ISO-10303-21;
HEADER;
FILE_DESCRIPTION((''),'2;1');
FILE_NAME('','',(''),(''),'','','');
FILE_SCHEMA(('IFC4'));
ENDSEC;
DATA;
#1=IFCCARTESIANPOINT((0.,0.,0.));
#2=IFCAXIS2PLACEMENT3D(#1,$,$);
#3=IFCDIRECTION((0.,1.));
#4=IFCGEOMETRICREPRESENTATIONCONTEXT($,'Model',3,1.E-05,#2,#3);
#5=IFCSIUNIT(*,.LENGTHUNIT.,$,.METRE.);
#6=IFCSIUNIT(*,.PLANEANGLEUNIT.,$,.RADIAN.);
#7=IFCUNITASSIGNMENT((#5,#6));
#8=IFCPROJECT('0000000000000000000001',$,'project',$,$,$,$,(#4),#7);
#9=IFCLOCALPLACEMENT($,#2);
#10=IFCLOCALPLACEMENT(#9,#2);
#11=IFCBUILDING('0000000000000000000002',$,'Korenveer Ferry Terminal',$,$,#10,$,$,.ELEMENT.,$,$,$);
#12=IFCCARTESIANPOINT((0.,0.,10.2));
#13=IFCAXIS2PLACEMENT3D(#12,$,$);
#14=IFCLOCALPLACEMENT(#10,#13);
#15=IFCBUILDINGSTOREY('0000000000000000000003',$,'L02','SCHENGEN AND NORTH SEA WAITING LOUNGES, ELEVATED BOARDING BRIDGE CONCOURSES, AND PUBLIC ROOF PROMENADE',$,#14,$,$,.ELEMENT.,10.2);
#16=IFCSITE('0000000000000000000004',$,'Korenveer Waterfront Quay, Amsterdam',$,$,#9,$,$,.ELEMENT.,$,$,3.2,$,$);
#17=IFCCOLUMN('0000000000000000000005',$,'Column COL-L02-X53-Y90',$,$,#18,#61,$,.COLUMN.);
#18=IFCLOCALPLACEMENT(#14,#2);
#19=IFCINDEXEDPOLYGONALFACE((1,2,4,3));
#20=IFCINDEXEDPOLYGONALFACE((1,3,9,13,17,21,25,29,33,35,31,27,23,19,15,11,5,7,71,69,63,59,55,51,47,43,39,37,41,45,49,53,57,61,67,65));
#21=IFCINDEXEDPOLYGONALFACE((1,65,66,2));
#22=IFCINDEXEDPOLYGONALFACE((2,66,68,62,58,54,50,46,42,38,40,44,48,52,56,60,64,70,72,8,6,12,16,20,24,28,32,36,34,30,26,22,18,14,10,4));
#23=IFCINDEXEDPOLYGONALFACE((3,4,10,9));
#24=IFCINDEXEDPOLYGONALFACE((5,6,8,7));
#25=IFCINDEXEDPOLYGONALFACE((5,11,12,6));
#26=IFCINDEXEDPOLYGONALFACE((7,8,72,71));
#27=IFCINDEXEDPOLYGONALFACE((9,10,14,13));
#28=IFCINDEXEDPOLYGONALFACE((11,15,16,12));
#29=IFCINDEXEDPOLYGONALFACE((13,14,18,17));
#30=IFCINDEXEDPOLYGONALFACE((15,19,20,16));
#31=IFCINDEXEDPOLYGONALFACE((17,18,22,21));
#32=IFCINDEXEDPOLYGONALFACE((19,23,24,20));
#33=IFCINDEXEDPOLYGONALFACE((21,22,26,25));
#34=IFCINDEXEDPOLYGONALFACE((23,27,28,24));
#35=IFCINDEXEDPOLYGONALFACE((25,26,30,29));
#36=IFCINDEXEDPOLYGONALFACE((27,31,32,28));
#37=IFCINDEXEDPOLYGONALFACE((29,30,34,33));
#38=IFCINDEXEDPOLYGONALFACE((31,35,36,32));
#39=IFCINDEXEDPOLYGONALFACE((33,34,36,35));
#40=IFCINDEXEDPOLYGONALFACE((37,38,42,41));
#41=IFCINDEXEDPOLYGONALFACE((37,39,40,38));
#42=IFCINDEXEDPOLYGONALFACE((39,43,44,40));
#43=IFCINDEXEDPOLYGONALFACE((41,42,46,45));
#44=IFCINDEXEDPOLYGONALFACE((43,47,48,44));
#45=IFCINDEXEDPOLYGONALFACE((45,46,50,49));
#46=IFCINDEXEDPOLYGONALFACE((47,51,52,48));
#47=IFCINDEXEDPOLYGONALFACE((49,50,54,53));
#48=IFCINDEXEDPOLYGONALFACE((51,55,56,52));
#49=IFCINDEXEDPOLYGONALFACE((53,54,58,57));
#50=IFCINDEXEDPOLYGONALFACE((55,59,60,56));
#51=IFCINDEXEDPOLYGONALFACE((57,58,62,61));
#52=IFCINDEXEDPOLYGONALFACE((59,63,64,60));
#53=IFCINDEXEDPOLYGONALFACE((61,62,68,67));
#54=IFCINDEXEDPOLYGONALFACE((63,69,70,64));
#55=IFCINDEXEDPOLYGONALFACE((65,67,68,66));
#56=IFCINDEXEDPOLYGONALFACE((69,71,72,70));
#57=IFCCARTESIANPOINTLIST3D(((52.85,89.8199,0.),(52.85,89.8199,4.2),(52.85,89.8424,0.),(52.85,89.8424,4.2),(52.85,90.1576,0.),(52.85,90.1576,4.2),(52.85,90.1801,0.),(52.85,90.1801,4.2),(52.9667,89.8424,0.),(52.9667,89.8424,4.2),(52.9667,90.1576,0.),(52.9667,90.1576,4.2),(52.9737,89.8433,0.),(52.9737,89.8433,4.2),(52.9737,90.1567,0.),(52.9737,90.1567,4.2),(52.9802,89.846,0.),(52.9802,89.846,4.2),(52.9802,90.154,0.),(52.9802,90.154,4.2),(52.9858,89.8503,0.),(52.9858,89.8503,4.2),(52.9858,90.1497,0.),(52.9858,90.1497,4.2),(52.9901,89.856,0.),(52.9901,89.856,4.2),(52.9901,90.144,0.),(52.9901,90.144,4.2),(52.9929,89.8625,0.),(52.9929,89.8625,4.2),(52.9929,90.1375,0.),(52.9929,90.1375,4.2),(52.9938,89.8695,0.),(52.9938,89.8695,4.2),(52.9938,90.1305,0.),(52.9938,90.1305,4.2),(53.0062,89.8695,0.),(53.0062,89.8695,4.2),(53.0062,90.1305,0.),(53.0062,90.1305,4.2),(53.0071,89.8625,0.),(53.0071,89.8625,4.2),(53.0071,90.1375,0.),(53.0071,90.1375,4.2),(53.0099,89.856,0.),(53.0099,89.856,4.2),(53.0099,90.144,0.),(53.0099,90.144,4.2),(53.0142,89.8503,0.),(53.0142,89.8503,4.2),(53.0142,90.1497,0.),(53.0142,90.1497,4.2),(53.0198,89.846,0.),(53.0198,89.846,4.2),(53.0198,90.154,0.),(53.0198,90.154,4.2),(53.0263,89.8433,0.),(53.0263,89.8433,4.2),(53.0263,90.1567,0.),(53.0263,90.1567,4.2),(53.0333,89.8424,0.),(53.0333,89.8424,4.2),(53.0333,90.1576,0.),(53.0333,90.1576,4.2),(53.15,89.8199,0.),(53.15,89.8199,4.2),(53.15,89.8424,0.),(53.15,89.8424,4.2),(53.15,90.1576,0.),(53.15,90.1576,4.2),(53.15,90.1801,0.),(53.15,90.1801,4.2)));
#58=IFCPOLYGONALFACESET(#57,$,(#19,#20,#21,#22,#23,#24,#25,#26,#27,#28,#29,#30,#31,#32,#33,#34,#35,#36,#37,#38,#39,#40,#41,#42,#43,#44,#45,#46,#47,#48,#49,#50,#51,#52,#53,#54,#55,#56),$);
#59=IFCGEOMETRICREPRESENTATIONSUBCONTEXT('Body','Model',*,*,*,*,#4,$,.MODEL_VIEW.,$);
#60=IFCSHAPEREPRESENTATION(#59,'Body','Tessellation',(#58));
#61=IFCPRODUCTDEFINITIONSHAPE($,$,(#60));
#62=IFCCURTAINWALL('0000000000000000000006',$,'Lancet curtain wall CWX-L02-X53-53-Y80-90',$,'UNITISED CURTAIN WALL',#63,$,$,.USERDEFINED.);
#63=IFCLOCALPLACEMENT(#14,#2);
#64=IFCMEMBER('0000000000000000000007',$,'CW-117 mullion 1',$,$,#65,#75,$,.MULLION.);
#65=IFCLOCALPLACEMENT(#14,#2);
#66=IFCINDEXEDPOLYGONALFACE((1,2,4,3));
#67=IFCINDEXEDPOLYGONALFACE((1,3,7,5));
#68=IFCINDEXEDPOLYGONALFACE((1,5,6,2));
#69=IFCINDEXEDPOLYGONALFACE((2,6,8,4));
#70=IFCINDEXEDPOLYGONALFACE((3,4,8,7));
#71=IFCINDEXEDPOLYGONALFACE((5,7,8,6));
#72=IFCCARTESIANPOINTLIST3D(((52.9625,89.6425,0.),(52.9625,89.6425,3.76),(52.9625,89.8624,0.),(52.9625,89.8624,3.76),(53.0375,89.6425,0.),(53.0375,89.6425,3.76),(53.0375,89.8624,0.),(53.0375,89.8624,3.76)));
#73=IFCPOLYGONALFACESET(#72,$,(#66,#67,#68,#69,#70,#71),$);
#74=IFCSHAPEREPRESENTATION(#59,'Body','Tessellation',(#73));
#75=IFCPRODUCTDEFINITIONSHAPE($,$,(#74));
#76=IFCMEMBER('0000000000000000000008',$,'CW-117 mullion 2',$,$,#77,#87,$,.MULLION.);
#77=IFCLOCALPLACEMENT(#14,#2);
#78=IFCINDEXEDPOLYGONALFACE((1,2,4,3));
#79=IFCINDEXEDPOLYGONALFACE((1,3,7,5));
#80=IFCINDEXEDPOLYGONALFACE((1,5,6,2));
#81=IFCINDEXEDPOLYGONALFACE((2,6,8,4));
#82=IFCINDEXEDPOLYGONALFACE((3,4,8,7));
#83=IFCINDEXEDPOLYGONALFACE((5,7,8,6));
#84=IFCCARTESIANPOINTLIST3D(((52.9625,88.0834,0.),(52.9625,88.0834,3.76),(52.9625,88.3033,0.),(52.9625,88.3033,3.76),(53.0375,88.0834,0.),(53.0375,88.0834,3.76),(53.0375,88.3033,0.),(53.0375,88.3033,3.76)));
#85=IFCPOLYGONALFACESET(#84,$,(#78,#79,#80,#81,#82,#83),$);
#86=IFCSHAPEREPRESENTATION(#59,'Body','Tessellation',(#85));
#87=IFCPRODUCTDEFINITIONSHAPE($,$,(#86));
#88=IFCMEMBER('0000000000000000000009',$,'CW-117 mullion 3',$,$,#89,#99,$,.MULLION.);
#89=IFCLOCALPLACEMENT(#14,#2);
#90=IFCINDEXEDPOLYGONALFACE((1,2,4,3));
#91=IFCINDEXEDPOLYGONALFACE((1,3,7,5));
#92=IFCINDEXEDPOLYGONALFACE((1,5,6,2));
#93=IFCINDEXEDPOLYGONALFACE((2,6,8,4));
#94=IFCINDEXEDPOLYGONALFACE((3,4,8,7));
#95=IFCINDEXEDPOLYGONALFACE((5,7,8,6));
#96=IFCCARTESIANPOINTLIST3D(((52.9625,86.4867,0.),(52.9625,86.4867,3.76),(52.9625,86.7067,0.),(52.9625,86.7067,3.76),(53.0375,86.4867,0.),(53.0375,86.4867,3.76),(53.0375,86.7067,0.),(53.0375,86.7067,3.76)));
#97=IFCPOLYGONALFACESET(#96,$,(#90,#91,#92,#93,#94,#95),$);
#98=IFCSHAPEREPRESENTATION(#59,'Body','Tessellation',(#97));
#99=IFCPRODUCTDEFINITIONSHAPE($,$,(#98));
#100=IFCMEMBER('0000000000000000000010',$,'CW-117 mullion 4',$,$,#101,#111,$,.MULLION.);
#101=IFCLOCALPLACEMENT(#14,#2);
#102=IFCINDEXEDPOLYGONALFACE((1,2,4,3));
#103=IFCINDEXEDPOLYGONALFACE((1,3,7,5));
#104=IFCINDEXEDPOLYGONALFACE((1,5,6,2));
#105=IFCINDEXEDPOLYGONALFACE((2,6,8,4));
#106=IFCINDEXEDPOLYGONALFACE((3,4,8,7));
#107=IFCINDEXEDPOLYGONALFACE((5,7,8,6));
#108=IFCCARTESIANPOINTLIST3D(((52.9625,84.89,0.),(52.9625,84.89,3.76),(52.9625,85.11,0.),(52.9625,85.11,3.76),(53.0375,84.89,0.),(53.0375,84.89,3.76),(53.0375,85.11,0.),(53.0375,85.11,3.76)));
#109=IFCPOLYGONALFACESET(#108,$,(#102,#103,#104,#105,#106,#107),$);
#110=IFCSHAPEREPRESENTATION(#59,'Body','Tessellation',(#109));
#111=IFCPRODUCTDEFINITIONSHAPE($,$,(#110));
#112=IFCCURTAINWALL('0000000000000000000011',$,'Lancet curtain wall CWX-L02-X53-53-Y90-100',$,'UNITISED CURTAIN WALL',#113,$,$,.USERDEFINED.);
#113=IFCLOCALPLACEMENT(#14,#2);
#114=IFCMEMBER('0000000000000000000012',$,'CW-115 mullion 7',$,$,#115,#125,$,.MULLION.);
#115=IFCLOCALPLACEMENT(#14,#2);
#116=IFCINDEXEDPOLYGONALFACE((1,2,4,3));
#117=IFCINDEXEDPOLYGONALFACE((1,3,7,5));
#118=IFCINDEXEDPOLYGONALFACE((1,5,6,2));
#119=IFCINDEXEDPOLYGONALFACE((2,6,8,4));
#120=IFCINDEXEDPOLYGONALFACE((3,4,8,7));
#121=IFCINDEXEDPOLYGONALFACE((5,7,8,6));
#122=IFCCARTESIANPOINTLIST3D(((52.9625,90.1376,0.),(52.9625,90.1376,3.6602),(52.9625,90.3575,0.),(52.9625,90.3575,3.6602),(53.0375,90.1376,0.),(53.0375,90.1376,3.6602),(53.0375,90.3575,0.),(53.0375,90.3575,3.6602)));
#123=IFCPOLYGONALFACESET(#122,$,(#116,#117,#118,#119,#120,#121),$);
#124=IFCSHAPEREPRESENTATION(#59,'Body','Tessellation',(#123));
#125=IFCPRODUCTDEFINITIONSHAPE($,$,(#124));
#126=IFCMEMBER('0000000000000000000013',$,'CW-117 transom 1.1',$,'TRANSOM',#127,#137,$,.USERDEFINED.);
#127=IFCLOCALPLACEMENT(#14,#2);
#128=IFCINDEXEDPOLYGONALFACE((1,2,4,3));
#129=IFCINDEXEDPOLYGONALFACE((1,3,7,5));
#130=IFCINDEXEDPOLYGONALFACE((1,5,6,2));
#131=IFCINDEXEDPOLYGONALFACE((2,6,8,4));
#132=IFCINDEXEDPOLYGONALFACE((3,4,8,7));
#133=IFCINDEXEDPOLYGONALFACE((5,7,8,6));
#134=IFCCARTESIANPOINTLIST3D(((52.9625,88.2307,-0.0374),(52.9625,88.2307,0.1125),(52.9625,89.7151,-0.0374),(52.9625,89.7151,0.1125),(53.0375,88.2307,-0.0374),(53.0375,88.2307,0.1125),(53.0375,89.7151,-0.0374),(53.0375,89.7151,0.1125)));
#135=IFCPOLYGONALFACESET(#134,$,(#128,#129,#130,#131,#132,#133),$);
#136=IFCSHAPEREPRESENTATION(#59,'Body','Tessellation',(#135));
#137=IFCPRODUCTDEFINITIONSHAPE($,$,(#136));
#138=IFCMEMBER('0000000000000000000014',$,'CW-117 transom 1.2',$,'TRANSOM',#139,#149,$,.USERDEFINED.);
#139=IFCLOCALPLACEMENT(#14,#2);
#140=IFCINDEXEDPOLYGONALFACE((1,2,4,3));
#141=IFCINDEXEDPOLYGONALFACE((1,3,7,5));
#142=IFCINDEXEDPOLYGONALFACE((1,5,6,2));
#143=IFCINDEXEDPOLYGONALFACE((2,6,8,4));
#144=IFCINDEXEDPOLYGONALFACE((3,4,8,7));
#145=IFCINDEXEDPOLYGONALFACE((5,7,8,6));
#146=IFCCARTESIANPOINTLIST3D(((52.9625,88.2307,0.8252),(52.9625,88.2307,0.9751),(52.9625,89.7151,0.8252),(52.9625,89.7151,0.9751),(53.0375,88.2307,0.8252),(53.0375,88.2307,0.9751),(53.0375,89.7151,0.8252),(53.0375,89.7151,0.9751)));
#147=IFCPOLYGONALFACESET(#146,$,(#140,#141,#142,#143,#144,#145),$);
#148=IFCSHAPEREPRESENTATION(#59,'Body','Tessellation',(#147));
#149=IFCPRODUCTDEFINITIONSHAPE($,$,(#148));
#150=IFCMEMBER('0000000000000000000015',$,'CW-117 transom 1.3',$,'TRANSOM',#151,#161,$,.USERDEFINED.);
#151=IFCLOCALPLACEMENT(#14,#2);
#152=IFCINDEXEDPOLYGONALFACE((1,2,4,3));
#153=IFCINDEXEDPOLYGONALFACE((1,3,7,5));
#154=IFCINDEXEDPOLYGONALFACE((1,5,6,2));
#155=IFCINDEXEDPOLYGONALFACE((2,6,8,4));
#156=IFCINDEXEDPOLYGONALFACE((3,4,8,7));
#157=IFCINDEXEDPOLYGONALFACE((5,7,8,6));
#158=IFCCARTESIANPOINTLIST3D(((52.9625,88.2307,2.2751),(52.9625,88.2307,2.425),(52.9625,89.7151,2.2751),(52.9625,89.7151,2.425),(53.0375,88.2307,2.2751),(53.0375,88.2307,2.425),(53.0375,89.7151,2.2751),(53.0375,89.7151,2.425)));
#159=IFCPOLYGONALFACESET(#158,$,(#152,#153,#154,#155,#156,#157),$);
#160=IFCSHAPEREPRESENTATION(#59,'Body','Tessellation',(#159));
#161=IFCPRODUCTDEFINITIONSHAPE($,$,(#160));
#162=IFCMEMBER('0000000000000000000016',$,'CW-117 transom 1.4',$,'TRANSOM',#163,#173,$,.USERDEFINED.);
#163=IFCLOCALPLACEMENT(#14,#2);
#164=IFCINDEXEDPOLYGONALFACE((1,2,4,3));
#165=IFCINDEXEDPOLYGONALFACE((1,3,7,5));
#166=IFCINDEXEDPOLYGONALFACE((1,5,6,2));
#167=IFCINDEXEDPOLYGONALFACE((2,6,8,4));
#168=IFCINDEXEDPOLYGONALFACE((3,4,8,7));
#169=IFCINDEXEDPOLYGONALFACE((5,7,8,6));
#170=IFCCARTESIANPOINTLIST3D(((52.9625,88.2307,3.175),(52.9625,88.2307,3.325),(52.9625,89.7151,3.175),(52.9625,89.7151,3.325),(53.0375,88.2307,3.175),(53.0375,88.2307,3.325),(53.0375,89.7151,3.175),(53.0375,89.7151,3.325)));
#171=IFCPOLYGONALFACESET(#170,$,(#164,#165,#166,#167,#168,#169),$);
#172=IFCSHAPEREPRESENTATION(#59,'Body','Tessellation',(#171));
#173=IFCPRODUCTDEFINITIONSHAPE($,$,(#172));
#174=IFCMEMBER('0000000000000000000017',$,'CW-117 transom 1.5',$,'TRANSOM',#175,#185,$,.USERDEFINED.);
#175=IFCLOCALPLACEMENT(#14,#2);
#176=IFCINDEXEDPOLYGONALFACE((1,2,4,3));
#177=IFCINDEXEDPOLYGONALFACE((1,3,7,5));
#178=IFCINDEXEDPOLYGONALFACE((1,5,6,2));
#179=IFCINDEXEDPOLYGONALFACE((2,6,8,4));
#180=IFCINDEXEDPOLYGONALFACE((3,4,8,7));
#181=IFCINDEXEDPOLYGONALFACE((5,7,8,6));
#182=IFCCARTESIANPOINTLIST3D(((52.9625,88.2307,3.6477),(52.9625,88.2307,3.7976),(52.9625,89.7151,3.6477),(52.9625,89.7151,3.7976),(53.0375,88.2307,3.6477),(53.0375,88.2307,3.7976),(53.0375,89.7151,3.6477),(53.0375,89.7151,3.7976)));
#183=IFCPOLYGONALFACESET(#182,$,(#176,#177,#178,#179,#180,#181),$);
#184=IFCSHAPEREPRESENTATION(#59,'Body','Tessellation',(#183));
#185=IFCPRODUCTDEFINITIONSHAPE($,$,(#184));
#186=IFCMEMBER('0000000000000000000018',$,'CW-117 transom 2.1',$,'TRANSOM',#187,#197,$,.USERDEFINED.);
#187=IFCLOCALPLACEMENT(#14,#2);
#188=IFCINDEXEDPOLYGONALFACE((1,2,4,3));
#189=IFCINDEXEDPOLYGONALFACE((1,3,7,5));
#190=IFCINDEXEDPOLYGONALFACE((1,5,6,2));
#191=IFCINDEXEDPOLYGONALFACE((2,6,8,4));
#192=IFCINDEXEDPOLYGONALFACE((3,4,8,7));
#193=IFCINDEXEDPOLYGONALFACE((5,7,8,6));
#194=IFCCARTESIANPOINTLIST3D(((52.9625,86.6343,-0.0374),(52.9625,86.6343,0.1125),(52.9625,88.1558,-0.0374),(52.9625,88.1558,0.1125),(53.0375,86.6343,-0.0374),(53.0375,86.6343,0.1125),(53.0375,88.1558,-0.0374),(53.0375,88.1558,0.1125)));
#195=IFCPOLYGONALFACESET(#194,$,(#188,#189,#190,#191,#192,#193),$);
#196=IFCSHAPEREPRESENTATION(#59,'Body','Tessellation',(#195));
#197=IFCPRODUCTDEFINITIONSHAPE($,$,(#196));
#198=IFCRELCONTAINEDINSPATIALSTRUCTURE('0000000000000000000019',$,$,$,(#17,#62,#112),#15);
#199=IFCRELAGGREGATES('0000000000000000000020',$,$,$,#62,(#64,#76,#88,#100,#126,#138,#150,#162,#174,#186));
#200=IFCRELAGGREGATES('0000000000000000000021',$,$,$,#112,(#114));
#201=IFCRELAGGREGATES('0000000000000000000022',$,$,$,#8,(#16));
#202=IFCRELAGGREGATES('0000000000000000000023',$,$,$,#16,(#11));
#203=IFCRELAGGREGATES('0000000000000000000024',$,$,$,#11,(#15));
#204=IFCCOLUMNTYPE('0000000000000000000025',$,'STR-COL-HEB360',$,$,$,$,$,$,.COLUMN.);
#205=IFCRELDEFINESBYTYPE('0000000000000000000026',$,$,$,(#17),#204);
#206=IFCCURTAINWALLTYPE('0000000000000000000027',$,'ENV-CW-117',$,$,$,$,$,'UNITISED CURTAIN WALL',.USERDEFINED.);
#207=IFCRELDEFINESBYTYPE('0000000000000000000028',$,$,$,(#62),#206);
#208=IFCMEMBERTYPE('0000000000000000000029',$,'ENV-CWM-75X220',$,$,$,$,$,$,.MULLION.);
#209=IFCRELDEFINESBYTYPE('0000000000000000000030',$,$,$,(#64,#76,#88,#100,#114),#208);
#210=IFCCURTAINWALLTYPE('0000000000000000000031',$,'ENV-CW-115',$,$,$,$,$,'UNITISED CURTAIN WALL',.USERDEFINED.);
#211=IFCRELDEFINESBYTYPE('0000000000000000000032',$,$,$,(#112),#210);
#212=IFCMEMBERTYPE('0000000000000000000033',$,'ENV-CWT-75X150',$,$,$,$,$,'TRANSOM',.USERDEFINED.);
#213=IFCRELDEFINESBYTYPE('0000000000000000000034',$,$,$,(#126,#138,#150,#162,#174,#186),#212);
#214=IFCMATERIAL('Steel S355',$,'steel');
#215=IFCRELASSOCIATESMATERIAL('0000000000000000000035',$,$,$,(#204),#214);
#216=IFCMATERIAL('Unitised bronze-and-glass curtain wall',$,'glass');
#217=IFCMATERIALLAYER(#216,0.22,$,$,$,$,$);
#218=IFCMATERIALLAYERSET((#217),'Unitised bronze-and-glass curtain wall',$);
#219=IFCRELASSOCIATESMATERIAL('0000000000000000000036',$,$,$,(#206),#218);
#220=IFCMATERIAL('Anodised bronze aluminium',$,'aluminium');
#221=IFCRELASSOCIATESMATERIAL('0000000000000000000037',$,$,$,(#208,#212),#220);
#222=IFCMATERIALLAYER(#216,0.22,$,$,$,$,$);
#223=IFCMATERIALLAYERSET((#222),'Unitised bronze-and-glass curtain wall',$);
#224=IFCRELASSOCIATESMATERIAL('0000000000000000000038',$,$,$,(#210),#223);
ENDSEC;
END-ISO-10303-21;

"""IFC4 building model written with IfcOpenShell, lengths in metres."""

from ifc_helpers import new_model, si_unit, direction, frame, origin, origin_2d, place, context, subcontext, project, spatial, rectangle, i_section, extrude, material, layer, layer_set, material_profile, profile_set, type_object, element, aggregate, save


model = new_model("IFC4")

# Units and contexts
model_context = context("Model", 3, precision=1e-05, world=origin(), true_north=direction((0.0, 1.0)))
body_context = subcontext(model_context, "Body", "Model", "MODEL_VIEW")
ifc_project = project(units=[si_unit("LENGTHUNIT", "METRE"), si_unit("PLANEANGLEUNIT", "RADIAN")], contexts=[model_context])

# Site, building, storey
site_placement = place(None, origin())
site = spatial("IfcSite", under=ifc_project, at=site_placement, Name="Korenveer Waterfront Quay, Amsterdam", CompositionType="ELEMENT", RefElevation=3.2)
building_placement = place(site_placement, origin())
building = spatial("IfcBuilding", under=site, at=building_placement, Name="Korenveer Ferry Terminal", CompositionType="ELEMENT")
storey_placement = place(building_placement, frame((0.0, 0.0, 10.2)))
storey = spatial("IfcBuildingStorey", under=building, at=storey_placement, Name="L02", Description="SCHENGEN AND NORTH SEA WAITING LOUNGES, ELEVATED BOARDING BRIDGE CONCOURSES, AND PUBLIC ROOF PROMENADE", CompositionType="ELEMENT", Elevation=10.2)

# Column
ifc_material_1 = material(Name="Steel S355", Category="steel")
ifc_material_profile_1 = material_profile(ifc_material_1, i_section(OverallWidth=0.3, OverallDepth=0.3601, WebThickness=0.0125, FlangeThickness=0.0225, FilletRadius=0.0271, at=origin_2d()), Name="HEB 360")
ifc_profile_set_1 = profile_set([ifc_material_profile_1], Name="Steel S355")
column_type = type_object("IfcColumnType", Name="STR-COL-HEB360", PredefinedType="COLUMN", material=ifc_profile_set_1)
column_placement = place(storey_placement, frame((53.0, 90.0, 0.0), z_axis=(0.0, 0.0, 1.0), x_axis=(1.0, 0.0, 0.0)))
element("IfcColumn", 1, at=column_placement, inside=storey, type_object=column_type, Name="Column COL-L02-X53-Y90", PredefinedType="COLUMN", context=body_context, shape_type="SweptSolid", body=[
    extrude(i_section(OverallWidth=0.3, OverallDepth=0.3601, WebThickness=0.0125, FlangeThickness=0.0225, FilletRadius=0.0271, at=origin_2d()), origin(), (0.0, 0.0, 1.0), 4.2),
])

# Curtain wall, members
ifc_material_2 = material(Name="Unitised bronze-and-glass curtain wall", Category="glass")
ifc_layer_1 = layer(ifc_material_2, 0.22)
ifc_layer_set_1 = layer_set([ifc_layer_1], Name="Unitised bronze-and-glass curtain wall")
curtain_wall_type_1 = type_object("IfcCurtainWallType", Name="ENV-CW-117", ElementType="UNITISED CURTAIN WALL", PredefinedType="USERDEFINED", material=ifc_layer_set_1)
curtain_wall_1_placement = place(storey_placement, frame((53.0, 89.79, 0.0)))
curtain_wall_1 = element("IfcCurtainWall", 2, at=curtain_wall_1_placement, inside=storey, type_object=curtain_wall_type_1, Name="Lancet curtain wall CWX-L02-X53-53-Y80-90", ObjectType="UNITISED CURTAIN WALL", PredefinedType="USERDEFINED")
ifc_material_3 = material(Name="Anodised bronze aluminium", Category="aluminium")
ifc_material_profile_2 = material_profile(ifc_material_3, rectangle(XDim=0.075, YDim=0.22, at=origin_2d()), Name="ALU 75x220")
ifc_profile_set_2 = profile_set([ifc_material_profile_2], Name="Anodised bronze aluminium")
member_type_1 = type_object("IfcMemberType", Name="ENV-CWM-75X220", PredefinedType="MULLION", material=ifc_profile_set_2)
member_1_placement = place(storey_placement, frame((53.0, 89.7524, 0.0), z_axis=(0.0, 0.0, 1.0), x_axis=(1.0, 0.0, 0.0)))
member_1 = element("IfcMember", 3, at=member_1_placement, type_object=member_type_1, Name="CW-117 mullion 1", PredefinedType="MULLION", context=body_context, shape_type="SweptSolid", body=[
    extrude(rectangle(XDim=0.075, YDim=0.22, at=origin_2d()), origin(), (0.0, 0.0, 1.0), 3.76),
])
member_2_placement = place(storey_placement, frame((53.0, 88.1934, 0.0), z_axis=(0.0, 0.0, 1.0), x_axis=(1.0, 0.0, 0.0)))
member_2 = element("IfcMember", 4, at=member_2_placement, type_object=member_type_1, Name="CW-117 mullion 2", PredefinedType="MULLION", context=body_context, shape_type="SweptSolid", body=[
    extrude(rectangle(XDim=0.075, YDim=0.22, at=origin_2d()), origin(), (0.0, 0.0, 1.0), 3.76),
])
member_3_placement = place(storey_placement, frame((53.0, 86.5967, 0.0), z_axis=(0.0, 0.0, 1.0), x_axis=(1.0, 0.0, 0.0)))
member_3 = element("IfcMember", 5, at=member_3_placement, type_object=member_type_1, Name="CW-117 mullion 3", PredefinedType="MULLION", context=body_context, shape_type="SweptSolid", body=[
    extrude(rectangle(XDim=0.075, YDim=0.22, at=origin_2d()), origin(), (0.0, 0.0, 1.0), 3.76),
])
member_4_placement = place(storey_placement, frame((53.0, 85.0, 0.0), z_axis=(0.0, 0.0, 1.0), x_axis=(1.0, 0.0, 0.0)))
member_4 = element("IfcMember", 6, at=member_4_placement, type_object=member_type_1, Name="CW-117 mullion 4", PredefinedType="MULLION", context=body_context, shape_type="SweptSolid", body=[
    extrude(rectangle(XDim=0.075, YDim=0.22, at=origin_2d()), origin(), (0.0, 0.0, 1.0), 3.76),
])

# Curtain wall, member
ifc_layer_2 = layer(ifc_material_2, 0.22)
ifc_layer_set_2 = layer_set([ifc_layer_2], Name="Unitised bronze-and-glass curtain wall")
curtain_wall_type_2 = type_object("IfcCurtainWallType", Name="ENV-CW-115", ElementType="UNITISED CURTAIN WALL", PredefinedType="USERDEFINED", material=ifc_layer_set_2)
curtain_wall_2_placement = place(storey_placement, frame((53.0, 99.79, 0.0)))
curtain_wall_2 = element("IfcCurtainWall", 7, at=curtain_wall_2_placement, inside=storey, type_object=curtain_wall_type_2, Name="Lancet curtain wall CWX-L02-X53-53-Y90-100", ObjectType="UNITISED CURTAIN WALL", PredefinedType="USERDEFINED")
member_5_placement = place(storey_placement, frame((53.0, 90.2476, 0.0), z_axis=(0.0, 0.0, 1.0), x_axis=(1.0, 0.0, 0.0)))
member_5 = element("IfcMember", 8, at=member_5_placement, type_object=member_type_1, Name="CW-115 mullion 7", PredefinedType="MULLION", context=body_context, shape_type="SweptSolid", body=[
    extrude(rectangle(XDim=0.075, YDim=0.22, at=origin_2d()), origin(), (0.0, 0.0, 1.0), 3.6602),
])

# Members
ifc_material_profile_3 = material_profile(ifc_material_3, rectangle(XDim=0.075, YDim=0.1499, at=origin_2d()), Name="ALU 75x150")
ifc_profile_set_3 = profile_set([ifc_material_profile_3], Name="Anodised bronze aluminium")
member_type_2 = type_object("IfcMemberType", Name="ENV-CWT-75X150", ElementType="TRANSOM", PredefinedType="USERDEFINED", material=ifc_profile_set_3)
member_6_placement = place(storey_placement, frame((53.0, 89.7151, 0.0376), z_axis=(0.0, -1.0, 0.0), x_axis=(1.0, 0.0, 0.0)))
member_6 = element("IfcMember", 9, at=member_6_placement, type_object=member_type_2, Name="CW-117 transom 1.1", ObjectType="TRANSOM", PredefinedType="USERDEFINED", context=body_context, shape_type="SweptSolid", body=[
    extrude(rectangle(XDim=0.075, YDim=0.1499, at=origin_2d()), origin(), (0.0, 0.0, 1.0), 1.4844),
])
member_7_placement = place(storey_placement, frame((53.0, 89.7151, 0.9001), z_axis=(0.0, -1.0, 0.0), x_axis=(1.0, 0.0, 0.0)))
member_7 = element("IfcMember", 10, at=member_7_placement, type_object=member_type_2, Name="CW-117 transom 1.2", ObjectType="TRANSOM", PredefinedType="USERDEFINED", context=body_context, shape_type="SweptSolid", body=[
    extrude(rectangle(XDim=0.075, YDim=0.1499, at=origin_2d()), origin(), (0.0, 0.0, 1.0), 1.4844),
])
member_8_placement = place(storey_placement, frame((53.0, 89.7151, 2.3501), z_axis=(0.0, -1.0, 0.0), x_axis=(1.0, 0.0, 0.0)))
member_8 = element("IfcMember", 11, at=member_8_placement, type_object=member_type_2, Name="CW-117 transom 1.3", ObjectType="TRANSOM", PredefinedType="USERDEFINED", context=body_context, shape_type="SweptSolid", body=[
    extrude(rectangle(XDim=0.075, YDim=0.1499, at=origin_2d()), origin(), (0.0, 0.0, 1.0), 1.4844),
])
member_9_placement = place(storey_placement, frame((53.0, 89.7151, 3.25), z_axis=(0.0, -1.0, 0.0), x_axis=(1.0, 0.0, 0.0)))
member_9 = element("IfcMember", 12, at=member_9_placement, type_object=member_type_2, Name="CW-117 transom 1.4", ObjectType="TRANSOM", PredefinedType="USERDEFINED", context=body_context, shape_type="SweptSolid", body=[
    extrude(rectangle(XDim=0.075, YDim=0.1499, at=origin_2d()), origin(), (0.0, 0.0, 1.0), 1.4844),
])
member_10_placement = place(storey_placement, frame((53.0, 89.7151, 3.7227), z_axis=(0.0, -1.0, 0.0), x_axis=(1.0, 0.0, 0.0)))
member_10 = element("IfcMember", 13, at=member_10_placement, type_object=member_type_2, Name="CW-117 transom 1.5", ObjectType="TRANSOM", PredefinedType="USERDEFINED", context=body_context, shape_type="SweptSolid", body=[
    extrude(rectangle(XDim=0.075, YDim=0.1499, at=origin_2d()), origin(), (0.0, 0.0, 1.0), 1.4844),
])
member_11_placement = place(storey_placement, frame((53.0, 88.1558, 0.0376), z_axis=(0.0, -1.0, 0.0), x_axis=(1.0, 0.0, 0.0)))
member_11 = element("IfcMember", 14, at=member_11_placement, type_object=member_type_2, Name="CW-117 transom 2.1", ObjectType="TRANSOM", PredefinedType="USERDEFINED", context=body_context, shape_type="SweptSolid", body=[
    extrude(rectangle(XDim=0.075, YDim=0.1499, at=origin_2d()), origin(), (0.0, 0.0, 1.0), 1.5215),
])

aggregate(curtain_wall_1, [member_1, member_2, member_3, member_4, member_6, member_7, member_8, member_9, member_10, member_11])
aggregate(curtain_wall_2, [member_5])

save(model, "model.ifc")
